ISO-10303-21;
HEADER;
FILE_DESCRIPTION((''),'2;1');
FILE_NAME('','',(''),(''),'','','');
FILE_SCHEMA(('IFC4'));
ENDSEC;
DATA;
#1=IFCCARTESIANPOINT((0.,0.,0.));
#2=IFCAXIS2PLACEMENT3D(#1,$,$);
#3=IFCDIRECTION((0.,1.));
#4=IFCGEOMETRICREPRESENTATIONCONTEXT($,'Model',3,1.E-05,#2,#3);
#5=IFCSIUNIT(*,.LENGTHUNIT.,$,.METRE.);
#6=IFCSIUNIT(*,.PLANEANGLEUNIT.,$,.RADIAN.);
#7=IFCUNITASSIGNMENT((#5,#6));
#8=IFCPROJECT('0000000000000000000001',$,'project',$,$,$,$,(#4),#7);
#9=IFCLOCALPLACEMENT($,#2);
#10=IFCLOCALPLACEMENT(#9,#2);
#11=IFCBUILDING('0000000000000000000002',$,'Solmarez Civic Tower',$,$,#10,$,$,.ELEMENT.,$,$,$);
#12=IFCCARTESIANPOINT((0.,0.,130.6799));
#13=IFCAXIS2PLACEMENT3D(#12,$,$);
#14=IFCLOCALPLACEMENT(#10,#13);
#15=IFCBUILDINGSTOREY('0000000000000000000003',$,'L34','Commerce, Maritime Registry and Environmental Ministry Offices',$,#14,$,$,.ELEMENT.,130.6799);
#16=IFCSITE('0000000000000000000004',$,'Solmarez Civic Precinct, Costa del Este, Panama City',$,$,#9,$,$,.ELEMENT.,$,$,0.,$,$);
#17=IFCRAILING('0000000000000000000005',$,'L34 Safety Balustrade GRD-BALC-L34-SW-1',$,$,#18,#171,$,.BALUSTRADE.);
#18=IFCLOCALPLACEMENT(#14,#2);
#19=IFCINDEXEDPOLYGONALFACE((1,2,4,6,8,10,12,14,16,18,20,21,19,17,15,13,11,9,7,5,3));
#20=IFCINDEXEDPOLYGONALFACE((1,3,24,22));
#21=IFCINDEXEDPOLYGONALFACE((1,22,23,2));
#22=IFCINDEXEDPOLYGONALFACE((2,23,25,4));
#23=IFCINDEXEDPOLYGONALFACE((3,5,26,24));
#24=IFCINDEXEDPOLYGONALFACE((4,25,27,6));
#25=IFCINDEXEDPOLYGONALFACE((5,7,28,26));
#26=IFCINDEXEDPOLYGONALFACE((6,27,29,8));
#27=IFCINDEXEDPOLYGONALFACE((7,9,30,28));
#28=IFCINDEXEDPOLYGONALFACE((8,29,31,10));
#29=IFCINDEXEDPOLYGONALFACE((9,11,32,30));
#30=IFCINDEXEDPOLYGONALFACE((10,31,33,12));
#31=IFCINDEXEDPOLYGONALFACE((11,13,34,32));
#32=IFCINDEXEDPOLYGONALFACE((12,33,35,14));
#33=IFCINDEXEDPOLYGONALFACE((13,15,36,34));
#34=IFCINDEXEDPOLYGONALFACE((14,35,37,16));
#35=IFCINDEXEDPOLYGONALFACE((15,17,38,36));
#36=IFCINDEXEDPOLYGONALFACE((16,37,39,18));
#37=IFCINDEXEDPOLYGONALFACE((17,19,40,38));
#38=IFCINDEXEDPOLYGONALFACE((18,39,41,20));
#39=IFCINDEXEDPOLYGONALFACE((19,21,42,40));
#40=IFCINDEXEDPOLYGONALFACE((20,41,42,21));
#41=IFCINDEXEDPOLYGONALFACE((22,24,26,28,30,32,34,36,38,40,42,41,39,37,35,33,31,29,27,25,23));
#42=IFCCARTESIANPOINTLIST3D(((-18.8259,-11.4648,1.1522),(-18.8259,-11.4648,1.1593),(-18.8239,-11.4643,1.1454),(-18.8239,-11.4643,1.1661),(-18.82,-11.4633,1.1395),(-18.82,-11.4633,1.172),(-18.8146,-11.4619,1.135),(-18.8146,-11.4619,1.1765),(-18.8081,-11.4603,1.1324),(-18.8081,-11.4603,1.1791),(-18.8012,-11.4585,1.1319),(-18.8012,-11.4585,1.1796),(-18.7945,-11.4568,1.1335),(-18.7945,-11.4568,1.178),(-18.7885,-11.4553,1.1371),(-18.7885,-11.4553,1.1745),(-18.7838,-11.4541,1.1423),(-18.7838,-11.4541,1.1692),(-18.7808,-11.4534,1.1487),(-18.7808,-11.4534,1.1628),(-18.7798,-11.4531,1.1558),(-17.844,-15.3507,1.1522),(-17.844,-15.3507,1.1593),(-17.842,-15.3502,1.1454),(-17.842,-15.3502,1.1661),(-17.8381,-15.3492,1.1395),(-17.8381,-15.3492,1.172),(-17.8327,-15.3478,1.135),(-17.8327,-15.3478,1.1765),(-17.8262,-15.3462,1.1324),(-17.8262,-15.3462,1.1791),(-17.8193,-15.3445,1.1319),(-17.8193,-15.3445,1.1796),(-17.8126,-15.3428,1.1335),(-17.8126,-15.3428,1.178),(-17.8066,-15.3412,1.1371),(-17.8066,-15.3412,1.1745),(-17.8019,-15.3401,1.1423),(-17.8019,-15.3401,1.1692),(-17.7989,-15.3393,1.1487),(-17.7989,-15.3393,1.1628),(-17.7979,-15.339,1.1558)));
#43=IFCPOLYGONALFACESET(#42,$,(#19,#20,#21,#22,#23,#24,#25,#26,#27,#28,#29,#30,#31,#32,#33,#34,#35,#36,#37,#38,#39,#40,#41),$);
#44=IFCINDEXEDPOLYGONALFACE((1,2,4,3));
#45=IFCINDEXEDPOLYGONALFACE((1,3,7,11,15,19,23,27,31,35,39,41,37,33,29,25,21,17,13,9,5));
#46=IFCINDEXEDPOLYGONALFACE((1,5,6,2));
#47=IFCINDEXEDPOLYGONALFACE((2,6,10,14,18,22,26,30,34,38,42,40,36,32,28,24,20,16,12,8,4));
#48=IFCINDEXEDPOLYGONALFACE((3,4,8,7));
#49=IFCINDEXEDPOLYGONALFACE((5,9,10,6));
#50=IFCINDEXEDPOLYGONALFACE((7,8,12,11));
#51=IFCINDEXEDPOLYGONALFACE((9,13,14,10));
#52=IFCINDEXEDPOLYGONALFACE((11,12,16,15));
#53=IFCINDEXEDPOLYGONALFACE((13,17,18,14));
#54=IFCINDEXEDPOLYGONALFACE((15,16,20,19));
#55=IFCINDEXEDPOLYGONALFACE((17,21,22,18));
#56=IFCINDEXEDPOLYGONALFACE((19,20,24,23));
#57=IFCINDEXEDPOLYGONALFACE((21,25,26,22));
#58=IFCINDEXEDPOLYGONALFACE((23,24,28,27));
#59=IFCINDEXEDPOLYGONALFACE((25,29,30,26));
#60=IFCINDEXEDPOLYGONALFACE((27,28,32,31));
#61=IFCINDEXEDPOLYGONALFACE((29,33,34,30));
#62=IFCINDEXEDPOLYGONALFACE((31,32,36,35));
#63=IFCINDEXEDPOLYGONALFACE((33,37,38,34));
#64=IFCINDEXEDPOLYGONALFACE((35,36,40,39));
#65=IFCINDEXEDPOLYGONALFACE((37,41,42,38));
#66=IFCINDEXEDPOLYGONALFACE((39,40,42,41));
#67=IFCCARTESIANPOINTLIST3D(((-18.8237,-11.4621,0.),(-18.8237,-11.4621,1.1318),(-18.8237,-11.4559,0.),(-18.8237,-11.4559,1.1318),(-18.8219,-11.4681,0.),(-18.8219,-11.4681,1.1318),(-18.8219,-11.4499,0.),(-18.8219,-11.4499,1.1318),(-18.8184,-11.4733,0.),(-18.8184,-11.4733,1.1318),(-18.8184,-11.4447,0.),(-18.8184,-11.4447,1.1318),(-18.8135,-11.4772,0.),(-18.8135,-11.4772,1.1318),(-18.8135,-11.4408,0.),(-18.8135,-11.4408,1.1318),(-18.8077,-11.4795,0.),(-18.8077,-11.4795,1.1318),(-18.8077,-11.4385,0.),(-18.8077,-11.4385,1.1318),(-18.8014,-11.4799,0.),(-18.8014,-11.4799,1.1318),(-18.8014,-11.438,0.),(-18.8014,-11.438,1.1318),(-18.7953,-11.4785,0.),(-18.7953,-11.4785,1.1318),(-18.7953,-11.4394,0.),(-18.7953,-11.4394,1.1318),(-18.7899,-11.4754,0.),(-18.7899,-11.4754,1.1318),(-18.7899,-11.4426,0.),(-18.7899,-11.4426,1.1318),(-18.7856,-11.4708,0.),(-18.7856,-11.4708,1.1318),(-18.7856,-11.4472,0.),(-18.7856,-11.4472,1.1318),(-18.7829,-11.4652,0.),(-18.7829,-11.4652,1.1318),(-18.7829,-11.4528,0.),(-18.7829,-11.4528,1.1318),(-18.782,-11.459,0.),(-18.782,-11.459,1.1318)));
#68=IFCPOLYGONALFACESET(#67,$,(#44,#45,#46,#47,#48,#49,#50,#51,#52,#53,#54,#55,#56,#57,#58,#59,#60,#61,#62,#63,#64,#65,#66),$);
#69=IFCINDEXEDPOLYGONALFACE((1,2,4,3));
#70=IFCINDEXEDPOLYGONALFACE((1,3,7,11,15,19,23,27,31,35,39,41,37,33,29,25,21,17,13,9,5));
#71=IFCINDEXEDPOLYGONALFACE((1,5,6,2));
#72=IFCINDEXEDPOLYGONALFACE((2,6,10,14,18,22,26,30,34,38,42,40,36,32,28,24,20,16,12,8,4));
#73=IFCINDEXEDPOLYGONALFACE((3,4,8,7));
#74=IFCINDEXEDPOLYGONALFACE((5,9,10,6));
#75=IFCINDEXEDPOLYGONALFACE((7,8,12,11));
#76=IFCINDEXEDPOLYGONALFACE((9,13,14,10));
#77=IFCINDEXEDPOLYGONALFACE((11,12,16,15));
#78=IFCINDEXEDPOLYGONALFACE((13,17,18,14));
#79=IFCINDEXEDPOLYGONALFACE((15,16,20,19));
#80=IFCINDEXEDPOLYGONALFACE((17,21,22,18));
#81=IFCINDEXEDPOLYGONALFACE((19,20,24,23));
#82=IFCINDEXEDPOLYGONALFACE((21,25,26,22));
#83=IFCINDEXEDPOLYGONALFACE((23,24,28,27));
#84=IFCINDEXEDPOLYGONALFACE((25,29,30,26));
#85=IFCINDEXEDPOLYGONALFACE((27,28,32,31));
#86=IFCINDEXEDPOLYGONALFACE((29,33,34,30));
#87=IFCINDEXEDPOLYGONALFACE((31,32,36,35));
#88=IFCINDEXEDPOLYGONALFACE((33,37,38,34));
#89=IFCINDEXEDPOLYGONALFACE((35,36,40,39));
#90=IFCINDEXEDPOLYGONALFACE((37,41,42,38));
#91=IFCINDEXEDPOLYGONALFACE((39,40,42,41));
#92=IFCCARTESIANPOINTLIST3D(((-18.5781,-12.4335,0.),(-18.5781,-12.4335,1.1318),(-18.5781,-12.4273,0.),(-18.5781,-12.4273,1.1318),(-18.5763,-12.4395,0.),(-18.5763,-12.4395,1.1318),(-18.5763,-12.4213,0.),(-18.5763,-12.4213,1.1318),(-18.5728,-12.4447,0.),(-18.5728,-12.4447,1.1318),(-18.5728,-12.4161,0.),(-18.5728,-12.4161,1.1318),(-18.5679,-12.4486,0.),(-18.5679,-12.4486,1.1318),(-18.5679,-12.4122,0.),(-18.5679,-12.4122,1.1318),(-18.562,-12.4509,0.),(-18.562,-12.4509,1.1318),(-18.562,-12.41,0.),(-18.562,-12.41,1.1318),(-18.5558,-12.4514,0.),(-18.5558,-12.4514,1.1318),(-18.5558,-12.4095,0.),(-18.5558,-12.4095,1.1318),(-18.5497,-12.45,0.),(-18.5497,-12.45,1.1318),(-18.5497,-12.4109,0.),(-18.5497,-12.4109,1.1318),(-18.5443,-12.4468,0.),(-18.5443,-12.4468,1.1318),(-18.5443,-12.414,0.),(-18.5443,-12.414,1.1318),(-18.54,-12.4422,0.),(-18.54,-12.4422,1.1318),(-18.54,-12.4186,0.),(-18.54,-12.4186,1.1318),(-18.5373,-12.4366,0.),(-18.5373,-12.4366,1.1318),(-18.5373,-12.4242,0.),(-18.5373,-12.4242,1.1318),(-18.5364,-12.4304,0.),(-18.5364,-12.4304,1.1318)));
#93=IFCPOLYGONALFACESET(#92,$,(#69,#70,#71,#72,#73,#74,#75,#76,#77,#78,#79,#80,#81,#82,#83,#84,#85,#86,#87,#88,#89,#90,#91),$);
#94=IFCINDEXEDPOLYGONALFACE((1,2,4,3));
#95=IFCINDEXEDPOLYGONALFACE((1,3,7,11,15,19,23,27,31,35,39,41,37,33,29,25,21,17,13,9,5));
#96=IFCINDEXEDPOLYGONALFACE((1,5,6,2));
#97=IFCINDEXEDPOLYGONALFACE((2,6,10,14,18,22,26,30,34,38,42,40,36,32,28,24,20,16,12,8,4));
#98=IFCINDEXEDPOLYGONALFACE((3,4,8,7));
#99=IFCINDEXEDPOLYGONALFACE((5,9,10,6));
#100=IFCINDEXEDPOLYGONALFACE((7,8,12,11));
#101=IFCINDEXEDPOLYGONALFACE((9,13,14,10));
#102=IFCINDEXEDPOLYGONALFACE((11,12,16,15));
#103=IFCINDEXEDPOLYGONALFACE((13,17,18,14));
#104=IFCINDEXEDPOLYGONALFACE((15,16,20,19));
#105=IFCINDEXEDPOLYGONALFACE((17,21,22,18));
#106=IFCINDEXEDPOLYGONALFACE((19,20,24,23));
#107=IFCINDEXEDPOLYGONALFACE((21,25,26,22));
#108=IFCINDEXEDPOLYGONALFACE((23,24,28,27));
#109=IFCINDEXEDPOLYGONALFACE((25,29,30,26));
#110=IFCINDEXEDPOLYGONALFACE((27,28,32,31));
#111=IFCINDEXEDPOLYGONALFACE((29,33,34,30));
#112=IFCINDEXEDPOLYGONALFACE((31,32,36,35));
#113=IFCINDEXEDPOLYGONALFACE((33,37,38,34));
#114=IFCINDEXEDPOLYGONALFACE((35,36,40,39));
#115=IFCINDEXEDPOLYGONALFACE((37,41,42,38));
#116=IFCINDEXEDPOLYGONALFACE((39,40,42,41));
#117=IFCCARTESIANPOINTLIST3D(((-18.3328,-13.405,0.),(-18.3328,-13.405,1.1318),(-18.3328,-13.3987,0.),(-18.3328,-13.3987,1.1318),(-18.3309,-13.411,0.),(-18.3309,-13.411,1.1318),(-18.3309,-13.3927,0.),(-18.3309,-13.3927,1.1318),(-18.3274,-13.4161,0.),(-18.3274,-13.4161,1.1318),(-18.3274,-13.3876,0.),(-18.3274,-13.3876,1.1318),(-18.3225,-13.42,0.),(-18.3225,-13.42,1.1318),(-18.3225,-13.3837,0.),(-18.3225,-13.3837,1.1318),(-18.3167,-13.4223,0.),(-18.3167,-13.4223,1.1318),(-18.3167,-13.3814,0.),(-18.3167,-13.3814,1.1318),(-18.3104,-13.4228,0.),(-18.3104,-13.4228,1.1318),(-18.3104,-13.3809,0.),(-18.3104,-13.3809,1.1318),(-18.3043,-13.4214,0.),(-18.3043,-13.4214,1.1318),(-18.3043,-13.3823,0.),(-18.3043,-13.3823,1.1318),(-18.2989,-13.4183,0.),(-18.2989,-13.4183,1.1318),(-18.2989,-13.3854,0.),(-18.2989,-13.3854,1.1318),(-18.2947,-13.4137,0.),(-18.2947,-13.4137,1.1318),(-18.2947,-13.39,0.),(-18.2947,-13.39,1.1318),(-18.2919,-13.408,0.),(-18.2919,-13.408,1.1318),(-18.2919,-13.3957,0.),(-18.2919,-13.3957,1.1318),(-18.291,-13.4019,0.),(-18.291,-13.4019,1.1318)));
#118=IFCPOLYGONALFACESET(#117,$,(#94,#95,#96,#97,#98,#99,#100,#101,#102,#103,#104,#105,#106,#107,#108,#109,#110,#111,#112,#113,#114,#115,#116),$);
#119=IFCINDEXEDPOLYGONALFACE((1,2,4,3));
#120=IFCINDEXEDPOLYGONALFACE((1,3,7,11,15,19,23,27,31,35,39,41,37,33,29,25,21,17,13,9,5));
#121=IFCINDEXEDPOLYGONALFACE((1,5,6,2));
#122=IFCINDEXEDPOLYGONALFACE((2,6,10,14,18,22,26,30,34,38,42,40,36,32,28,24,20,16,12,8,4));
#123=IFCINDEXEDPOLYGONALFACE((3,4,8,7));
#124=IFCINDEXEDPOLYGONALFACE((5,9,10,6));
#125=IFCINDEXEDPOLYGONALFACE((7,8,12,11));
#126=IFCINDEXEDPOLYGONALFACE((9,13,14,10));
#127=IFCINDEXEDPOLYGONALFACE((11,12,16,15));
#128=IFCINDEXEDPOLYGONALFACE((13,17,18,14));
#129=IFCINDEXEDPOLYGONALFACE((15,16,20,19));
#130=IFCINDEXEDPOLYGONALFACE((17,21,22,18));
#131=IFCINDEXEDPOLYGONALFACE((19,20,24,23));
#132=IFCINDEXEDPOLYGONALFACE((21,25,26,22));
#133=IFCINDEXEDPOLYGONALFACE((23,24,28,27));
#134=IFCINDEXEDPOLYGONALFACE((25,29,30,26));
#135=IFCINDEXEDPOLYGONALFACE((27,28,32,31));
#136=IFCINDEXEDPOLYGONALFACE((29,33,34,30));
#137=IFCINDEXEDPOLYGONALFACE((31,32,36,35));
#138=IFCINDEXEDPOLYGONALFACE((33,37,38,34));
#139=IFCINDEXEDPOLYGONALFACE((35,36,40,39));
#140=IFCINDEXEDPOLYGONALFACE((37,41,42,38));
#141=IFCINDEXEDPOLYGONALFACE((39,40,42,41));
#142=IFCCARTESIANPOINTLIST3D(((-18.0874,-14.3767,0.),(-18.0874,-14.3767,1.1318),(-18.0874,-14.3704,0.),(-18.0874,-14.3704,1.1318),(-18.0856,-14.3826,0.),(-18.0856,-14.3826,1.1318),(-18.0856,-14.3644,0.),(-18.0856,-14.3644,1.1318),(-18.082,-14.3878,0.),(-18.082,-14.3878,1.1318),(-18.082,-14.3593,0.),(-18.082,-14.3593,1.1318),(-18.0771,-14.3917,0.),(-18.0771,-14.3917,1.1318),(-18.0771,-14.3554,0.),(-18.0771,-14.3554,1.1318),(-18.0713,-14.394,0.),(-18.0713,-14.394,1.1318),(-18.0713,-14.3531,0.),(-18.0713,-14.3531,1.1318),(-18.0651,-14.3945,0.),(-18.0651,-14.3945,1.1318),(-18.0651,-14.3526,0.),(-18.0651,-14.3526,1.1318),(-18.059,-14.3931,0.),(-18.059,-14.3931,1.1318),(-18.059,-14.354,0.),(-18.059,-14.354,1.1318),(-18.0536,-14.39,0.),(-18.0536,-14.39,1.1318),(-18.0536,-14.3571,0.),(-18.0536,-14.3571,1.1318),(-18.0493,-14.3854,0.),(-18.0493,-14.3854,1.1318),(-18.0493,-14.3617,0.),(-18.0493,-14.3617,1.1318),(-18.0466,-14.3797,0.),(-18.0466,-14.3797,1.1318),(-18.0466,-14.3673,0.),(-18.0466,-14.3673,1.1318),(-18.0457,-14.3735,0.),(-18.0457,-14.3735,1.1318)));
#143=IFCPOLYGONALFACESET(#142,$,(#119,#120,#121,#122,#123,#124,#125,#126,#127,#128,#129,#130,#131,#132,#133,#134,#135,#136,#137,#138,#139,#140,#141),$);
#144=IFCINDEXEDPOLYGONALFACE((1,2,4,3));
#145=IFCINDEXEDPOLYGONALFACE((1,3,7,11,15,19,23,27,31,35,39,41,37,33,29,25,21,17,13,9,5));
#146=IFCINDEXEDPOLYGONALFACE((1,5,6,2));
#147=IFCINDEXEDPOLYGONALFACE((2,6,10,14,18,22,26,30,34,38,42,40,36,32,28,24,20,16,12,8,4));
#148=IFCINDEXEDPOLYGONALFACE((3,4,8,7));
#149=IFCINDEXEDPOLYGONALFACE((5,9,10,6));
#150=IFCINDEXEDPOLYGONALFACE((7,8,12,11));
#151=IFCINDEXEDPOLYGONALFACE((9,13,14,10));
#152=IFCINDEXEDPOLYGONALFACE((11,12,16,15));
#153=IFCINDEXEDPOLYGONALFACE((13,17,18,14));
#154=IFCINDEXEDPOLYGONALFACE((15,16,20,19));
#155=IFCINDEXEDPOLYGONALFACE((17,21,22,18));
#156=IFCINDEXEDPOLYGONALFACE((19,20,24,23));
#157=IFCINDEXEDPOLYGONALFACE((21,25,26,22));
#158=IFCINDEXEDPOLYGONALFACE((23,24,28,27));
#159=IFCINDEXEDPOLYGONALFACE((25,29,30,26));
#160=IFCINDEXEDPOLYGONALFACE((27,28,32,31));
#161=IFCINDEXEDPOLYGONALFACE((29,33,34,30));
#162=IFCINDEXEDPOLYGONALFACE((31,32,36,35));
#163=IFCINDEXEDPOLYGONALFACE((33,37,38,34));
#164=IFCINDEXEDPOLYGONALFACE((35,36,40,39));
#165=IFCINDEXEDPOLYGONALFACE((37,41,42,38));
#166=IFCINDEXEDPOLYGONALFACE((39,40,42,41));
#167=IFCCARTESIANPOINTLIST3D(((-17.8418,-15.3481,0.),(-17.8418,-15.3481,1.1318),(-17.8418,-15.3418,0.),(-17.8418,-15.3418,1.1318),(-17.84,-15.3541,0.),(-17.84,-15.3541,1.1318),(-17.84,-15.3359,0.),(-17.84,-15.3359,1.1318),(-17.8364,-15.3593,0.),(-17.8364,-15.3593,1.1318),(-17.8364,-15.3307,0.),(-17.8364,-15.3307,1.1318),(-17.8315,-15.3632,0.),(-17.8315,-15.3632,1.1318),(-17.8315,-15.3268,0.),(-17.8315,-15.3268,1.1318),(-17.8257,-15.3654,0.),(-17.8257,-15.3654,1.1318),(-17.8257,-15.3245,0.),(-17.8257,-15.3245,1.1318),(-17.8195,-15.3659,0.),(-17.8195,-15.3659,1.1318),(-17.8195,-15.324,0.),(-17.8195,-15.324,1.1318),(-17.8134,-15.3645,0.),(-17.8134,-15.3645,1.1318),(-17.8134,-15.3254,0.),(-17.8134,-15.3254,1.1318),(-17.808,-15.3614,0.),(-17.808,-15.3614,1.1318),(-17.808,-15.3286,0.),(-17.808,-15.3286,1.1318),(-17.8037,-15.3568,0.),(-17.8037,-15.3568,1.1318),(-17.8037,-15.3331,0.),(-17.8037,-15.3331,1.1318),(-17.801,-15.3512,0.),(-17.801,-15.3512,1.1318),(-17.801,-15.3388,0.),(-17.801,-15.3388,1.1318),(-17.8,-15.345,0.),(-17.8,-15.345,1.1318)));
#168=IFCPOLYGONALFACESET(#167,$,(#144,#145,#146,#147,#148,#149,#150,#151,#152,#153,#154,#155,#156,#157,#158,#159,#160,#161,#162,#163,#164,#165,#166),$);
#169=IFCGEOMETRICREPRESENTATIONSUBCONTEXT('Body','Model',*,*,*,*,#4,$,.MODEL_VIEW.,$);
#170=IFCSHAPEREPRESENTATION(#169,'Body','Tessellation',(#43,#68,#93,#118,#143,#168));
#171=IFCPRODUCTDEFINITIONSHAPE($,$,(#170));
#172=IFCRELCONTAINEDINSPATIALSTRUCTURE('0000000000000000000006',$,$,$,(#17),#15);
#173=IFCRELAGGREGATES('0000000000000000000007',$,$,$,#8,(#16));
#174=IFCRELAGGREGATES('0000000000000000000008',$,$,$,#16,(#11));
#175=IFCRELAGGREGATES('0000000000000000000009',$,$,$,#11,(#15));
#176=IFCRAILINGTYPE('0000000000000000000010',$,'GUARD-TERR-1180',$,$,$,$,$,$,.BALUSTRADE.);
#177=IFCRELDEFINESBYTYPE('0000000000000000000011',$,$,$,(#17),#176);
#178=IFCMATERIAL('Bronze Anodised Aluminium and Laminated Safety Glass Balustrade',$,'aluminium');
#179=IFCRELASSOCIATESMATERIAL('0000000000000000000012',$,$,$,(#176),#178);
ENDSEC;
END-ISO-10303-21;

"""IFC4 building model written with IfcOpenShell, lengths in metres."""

from ifc_helpers import new_model, si_unit, direction, frame, origin, origin_2d, place, context, subcontext, project, spatial, circle, extrude, material, type_object, element, save


model = new_model("IFC4")

# Units and contexts
model_context = context("Model", 3, precision=1e-05, world=origin(), true_north=direction((0.0, 1.0)))
body_context = subcontext(model_context, "Body", "Model", "MODEL_VIEW")
ifc_project = project(units=[si_unit("LENGTHUNIT", "METRE"), si_unit("PLANEANGLEUNIT", "RADIAN")], contexts=[model_context])

# Site, building, storey
site_placement = place(None, origin())
site = spatial("IfcSite", under=ifc_project, at=site_placement, Name="Solmarez Civic Precinct, Costa del Este, Panama City", CompositionType="ELEMENT", RefElevation=0.0)
building_placement = place(site_placement, origin())
building = spatial("IfcBuilding", under=site, at=building_placement, Name="Solmarez Civic Tower", CompositionType="ELEMENT")
storey_placement = place(building_placement, frame((0.0, 0.0, 130.6799)))
storey = spatial("IfcBuildingStorey", under=building, at=storey_placement, Name="L34", Description="Commerce, Maritime Registry and Environmental Ministry Offices", CompositionType="ELEMENT", Elevation=130.6799)

# Railing
ifc_material_1 = material(Name="Bronze Anodised Aluminium and Laminated Safety Glass Balustrade", Category="aluminium")
railing_type = type_object("IfcRailingType", Name="GUARD-TERR-1180", PredefinedType="BALUSTRADE", material=ifc_material_1)
railing_1_placement = place(storey_placement, frame((-18.803, -11.459, 0.0)))
element("IfcRailing", 1, at=railing_1_placement, inside=storey, type_object=railing_type, Name="L34 Safety Balustrade GRD-BALC-L34-SW-1", PredefinedType="BALUSTRADE", context=body_context, shape_type="SweptSolid", body=[
    extrude(circle(Radius=0.0239, at=origin_2d()), frame((0.0, 0.0, 1.1558), z_axis=(0.244986, -0.969527, 0.0), x_axis=(0.969527, 0.244986, 0.0)), (0.0, 0.0, 1.0), 4.0081),
    extrude(circle(Radius=0.021, at=origin_2d()), origin(), (0.0, 0.0, 1.0), 1.1318),
    extrude(circle(Radius=0.021, at=origin_2d()), frame((0.2456, -0.9714, 0.0)), (0.0, 0.0, 1.0), 1.1318),
    extrude(circle(Radius=0.021, at=origin_2d()), frame((0.491, -1.9429, 0.0)), (0.0, 0.0, 1.0), 1.1318),
    extrude(circle(Radius=0.021, at=origin_2d()), frame((0.7363, -2.9146, 0.0)), (0.0, 0.0, 1.0), 1.1318),
    extrude(circle(Radius=0.021, at=origin_2d()), frame((0.9819, -3.886, 0.0)), (0.0, 0.0, 1.0), 1.1318),
])

save(model, "model.ifc")
